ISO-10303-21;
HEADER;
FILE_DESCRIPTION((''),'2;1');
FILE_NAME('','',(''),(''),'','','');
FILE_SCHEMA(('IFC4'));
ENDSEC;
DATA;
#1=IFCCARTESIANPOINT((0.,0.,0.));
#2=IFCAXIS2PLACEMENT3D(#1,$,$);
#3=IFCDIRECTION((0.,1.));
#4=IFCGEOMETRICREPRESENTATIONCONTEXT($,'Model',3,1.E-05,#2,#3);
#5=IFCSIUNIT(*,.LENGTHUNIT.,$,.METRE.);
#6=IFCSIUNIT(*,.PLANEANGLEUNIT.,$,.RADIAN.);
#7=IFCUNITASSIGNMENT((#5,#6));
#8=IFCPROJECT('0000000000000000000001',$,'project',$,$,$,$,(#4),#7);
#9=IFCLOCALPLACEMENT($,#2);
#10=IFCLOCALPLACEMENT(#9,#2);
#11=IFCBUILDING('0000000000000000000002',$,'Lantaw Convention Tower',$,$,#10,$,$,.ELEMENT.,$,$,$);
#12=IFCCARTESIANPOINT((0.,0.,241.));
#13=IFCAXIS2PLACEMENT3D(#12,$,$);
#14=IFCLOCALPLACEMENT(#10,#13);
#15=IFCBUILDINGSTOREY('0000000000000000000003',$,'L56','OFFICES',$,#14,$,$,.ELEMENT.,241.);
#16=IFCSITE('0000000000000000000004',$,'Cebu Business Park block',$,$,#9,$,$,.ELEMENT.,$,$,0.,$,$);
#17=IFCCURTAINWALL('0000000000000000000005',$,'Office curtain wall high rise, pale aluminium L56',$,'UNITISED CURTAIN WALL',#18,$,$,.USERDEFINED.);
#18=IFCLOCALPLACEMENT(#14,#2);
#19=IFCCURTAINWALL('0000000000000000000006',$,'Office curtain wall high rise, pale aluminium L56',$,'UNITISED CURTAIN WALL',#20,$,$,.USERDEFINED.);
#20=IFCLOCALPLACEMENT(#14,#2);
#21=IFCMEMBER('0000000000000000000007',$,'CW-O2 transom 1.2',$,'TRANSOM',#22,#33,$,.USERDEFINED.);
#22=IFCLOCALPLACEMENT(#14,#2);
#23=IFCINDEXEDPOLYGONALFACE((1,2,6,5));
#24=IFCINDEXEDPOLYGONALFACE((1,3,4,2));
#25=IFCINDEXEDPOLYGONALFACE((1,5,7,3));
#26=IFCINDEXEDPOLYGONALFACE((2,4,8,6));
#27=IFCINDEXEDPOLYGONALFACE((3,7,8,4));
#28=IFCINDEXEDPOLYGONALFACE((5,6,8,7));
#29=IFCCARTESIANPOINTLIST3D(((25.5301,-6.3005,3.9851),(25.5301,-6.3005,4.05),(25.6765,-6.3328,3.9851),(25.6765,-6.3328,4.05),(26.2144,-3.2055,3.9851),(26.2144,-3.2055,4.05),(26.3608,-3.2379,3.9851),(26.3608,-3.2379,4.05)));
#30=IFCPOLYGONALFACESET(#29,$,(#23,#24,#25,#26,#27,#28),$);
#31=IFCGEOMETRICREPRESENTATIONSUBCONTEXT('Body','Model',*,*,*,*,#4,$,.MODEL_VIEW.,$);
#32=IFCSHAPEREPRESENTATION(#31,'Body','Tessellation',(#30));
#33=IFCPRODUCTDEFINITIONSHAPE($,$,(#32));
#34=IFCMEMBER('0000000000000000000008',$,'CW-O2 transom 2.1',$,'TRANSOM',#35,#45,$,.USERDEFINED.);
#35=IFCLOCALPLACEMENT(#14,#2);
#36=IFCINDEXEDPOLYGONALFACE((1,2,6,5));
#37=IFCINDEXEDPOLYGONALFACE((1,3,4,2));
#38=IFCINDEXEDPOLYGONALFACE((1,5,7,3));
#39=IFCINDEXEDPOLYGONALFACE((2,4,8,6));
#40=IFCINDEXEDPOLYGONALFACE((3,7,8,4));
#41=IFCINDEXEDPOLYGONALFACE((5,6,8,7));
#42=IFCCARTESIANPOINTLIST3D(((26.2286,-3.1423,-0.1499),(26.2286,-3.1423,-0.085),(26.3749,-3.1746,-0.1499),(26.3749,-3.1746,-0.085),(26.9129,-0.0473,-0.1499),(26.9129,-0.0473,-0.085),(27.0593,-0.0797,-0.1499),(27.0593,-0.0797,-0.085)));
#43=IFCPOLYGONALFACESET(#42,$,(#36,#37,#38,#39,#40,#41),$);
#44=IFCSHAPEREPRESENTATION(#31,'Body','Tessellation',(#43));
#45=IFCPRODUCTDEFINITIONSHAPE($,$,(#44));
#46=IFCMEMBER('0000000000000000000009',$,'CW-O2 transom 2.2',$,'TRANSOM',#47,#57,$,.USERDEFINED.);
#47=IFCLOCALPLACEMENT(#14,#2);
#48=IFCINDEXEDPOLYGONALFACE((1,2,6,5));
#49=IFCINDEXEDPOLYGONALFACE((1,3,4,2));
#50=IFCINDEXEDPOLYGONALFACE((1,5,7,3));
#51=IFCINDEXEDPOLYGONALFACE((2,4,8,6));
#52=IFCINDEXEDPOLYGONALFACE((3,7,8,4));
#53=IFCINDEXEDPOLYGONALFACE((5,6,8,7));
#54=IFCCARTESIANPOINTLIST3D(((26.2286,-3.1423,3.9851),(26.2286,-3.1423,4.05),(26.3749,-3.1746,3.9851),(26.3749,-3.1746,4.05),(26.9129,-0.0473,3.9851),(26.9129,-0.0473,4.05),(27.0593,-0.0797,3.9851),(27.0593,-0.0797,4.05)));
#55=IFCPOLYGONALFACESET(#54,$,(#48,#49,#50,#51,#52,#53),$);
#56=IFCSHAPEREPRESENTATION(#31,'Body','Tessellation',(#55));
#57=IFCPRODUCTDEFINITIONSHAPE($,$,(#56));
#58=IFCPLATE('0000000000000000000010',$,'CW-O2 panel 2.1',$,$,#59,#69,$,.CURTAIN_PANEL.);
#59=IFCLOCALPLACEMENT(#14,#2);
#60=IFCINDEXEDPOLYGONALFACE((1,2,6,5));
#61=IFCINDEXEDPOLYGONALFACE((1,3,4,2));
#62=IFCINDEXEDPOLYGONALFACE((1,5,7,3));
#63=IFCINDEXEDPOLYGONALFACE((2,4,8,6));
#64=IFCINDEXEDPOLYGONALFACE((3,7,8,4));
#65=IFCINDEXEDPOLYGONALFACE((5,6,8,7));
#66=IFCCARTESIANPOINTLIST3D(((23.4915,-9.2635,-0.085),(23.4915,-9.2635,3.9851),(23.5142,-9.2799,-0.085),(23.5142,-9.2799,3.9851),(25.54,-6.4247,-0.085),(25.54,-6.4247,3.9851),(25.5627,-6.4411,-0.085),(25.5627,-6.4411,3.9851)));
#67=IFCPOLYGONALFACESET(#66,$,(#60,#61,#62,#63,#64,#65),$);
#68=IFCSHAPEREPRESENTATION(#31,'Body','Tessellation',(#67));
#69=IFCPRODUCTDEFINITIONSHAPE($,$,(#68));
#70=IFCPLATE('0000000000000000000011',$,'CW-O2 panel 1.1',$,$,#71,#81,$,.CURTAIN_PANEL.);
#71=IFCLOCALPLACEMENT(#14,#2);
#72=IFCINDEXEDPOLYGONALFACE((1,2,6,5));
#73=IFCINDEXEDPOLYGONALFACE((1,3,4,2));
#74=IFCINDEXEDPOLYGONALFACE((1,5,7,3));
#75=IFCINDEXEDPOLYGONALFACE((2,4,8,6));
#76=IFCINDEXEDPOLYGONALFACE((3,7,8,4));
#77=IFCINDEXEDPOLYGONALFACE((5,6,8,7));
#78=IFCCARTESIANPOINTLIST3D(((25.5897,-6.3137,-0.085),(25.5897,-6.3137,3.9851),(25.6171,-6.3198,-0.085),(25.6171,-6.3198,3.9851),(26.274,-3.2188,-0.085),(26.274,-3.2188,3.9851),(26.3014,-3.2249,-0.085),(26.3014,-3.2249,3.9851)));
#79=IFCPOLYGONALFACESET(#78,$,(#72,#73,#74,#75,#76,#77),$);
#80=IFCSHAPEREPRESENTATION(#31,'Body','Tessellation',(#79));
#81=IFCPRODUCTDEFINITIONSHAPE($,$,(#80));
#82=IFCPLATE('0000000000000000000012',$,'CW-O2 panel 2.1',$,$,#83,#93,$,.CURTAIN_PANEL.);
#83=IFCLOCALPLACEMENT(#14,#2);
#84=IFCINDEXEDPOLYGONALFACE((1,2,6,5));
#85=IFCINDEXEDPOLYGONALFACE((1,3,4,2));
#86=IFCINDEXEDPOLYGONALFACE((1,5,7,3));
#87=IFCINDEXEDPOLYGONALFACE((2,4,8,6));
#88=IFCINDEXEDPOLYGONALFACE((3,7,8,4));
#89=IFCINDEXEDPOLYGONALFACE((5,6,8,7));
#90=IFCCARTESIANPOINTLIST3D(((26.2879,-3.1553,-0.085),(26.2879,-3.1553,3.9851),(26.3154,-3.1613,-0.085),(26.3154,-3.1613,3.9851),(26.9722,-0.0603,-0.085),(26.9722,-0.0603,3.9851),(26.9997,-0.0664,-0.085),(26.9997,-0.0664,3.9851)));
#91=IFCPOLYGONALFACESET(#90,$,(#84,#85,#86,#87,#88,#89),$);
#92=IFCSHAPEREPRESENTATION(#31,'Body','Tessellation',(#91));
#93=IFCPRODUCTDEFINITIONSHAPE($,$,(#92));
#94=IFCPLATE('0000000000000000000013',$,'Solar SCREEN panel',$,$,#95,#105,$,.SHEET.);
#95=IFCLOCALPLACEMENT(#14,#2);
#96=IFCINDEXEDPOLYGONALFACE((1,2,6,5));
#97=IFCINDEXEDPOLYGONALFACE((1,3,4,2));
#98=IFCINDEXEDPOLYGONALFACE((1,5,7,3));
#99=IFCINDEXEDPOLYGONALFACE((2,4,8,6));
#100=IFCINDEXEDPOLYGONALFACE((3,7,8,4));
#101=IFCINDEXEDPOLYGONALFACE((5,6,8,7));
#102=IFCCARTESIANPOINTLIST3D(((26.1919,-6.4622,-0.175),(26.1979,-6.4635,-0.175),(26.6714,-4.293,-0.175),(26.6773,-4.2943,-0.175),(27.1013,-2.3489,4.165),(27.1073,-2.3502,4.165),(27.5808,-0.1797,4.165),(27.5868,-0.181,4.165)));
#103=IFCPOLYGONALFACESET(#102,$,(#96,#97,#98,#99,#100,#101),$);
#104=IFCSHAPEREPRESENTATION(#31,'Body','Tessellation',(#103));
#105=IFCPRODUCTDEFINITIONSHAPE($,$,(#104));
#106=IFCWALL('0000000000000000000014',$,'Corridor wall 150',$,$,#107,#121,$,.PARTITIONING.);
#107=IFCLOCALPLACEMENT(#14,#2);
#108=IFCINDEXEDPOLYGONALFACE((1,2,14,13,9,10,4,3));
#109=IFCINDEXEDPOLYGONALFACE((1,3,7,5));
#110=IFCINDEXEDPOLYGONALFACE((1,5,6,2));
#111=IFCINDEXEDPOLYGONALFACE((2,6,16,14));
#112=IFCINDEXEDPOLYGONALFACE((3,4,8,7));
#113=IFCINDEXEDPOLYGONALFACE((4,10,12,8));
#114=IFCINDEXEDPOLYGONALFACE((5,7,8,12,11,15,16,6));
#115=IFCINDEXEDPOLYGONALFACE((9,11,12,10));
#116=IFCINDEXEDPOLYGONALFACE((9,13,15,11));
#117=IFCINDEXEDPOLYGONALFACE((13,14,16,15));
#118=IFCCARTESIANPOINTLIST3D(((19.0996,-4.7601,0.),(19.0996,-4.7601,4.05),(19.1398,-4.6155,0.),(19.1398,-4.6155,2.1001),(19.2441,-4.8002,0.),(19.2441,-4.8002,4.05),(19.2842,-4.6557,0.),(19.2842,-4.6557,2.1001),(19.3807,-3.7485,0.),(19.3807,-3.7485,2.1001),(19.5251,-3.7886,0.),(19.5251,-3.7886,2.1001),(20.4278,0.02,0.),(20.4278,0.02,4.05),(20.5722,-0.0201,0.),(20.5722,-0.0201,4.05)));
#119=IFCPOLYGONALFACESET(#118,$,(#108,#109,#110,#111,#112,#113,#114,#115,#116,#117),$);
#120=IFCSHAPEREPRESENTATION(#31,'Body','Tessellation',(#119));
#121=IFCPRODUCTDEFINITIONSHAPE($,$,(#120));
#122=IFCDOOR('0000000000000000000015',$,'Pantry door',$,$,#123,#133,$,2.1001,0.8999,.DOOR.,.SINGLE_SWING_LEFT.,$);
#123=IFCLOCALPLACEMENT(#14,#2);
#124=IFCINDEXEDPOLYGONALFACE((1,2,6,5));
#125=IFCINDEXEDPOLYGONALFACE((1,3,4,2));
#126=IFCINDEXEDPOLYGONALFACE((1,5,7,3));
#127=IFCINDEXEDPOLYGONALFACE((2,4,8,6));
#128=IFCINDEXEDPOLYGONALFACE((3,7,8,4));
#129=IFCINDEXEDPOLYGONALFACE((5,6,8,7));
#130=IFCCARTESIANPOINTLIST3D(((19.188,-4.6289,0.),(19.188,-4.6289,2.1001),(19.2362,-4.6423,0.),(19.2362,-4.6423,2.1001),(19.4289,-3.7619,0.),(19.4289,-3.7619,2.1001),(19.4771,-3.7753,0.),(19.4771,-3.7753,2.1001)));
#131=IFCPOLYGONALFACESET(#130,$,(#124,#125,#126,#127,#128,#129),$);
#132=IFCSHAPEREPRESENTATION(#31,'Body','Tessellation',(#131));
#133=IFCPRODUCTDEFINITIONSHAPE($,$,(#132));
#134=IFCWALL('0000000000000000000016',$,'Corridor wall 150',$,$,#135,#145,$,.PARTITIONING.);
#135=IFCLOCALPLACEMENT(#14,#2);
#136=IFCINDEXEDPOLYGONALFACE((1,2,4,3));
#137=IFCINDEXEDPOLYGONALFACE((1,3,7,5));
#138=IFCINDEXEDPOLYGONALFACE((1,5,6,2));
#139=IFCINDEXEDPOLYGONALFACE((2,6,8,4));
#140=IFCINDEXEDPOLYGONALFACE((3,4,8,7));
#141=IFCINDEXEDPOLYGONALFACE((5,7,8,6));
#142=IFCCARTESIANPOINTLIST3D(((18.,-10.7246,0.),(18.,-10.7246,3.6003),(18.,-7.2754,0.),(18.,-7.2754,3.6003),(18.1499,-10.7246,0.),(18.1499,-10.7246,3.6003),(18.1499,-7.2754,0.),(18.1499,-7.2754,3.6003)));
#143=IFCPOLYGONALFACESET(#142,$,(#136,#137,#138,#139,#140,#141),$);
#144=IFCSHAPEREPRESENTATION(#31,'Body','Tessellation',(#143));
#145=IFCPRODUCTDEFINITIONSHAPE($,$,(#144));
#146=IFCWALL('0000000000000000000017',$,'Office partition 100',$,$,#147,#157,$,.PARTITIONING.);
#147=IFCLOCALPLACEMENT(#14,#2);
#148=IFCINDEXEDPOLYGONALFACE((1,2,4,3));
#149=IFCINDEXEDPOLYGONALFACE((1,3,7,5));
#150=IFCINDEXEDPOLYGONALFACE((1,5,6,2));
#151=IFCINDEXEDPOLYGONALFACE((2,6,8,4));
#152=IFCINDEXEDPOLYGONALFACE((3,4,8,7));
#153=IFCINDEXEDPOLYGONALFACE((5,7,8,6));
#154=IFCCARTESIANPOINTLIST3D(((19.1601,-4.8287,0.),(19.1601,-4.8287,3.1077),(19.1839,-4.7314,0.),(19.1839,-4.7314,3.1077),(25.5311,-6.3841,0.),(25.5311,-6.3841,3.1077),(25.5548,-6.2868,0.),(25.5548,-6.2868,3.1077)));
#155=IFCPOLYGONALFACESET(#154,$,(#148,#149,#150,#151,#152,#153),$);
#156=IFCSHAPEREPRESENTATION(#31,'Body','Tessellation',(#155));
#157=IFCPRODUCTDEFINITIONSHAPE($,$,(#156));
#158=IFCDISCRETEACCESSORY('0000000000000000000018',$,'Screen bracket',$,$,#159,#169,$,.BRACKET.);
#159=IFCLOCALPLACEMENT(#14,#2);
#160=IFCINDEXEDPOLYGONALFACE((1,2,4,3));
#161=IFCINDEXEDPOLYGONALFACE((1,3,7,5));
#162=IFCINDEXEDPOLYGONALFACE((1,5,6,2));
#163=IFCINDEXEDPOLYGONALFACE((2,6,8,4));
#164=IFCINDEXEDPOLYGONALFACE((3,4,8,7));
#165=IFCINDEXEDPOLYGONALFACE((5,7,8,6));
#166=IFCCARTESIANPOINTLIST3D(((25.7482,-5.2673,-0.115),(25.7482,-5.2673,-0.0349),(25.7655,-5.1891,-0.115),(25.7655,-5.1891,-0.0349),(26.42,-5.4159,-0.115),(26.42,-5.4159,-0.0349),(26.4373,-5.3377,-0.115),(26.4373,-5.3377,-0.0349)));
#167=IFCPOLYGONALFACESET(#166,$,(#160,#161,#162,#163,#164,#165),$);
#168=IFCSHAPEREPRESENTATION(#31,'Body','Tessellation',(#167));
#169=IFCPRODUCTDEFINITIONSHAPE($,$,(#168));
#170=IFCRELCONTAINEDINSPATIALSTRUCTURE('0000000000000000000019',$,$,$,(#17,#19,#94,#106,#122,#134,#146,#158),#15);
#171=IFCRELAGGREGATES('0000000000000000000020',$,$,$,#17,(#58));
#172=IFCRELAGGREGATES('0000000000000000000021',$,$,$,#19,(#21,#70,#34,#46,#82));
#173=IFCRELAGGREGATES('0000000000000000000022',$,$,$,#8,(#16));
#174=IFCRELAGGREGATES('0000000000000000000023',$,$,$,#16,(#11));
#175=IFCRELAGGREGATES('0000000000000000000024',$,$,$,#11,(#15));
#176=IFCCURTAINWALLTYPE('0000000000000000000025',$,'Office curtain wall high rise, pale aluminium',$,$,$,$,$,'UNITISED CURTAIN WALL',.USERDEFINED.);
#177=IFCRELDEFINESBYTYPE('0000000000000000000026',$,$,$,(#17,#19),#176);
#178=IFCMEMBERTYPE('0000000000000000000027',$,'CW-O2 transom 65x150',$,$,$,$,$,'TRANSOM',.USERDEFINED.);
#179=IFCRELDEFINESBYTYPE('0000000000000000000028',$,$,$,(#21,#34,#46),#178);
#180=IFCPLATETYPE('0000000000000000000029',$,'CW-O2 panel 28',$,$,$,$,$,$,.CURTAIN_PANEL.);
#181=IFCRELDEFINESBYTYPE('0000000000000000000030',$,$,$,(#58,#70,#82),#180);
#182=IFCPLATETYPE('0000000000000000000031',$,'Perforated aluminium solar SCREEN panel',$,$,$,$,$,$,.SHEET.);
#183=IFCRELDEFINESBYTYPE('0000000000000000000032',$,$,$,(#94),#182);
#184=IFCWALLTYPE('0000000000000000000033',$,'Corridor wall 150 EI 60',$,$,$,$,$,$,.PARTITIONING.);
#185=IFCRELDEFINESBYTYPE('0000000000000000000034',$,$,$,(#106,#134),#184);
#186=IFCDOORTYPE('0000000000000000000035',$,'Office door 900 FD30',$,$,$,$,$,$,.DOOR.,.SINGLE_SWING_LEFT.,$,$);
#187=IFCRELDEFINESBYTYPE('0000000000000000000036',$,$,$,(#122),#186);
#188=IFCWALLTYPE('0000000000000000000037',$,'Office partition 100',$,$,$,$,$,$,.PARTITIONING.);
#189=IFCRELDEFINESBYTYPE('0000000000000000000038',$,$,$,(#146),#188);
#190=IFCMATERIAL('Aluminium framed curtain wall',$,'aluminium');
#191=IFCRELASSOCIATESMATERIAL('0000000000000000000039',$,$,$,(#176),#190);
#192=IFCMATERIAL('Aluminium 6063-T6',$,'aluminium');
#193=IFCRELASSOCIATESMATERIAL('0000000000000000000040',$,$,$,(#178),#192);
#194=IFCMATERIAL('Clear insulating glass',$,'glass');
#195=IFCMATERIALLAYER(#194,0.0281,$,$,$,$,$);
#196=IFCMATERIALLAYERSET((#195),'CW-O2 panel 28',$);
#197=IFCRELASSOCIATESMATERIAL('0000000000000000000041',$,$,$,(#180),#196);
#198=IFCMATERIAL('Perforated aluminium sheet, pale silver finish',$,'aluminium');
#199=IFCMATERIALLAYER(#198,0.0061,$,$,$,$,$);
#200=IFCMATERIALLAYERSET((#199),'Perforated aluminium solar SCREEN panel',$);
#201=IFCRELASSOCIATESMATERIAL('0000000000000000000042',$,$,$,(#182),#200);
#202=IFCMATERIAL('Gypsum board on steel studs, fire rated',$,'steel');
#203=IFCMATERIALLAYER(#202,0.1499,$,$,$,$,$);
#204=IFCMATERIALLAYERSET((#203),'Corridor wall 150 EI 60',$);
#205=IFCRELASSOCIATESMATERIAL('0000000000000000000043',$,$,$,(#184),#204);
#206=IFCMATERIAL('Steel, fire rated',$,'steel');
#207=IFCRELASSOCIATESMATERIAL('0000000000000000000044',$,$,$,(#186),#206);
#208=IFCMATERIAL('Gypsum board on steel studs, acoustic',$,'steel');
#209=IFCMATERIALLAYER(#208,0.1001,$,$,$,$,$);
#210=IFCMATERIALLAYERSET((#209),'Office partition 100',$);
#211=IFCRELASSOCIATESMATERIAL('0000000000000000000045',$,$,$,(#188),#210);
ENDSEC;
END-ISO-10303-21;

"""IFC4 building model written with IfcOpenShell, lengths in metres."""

from ifc_helpers import new_model, si_unit, direction, frame, frame_2d, origin, origin_2d, place, context, subcontext, project, spatial, polyline, rectangle, outline, extrude, material, layer, layer_set, material_profile, profile_set, type_object, element, fill, aggregate, save


model = new_model("IFC4")

# Units and contexts
model_context = context("Model", 3, precision=1e-05, world=origin(), true_north=direction((0.0, 1.0)))
body_context = subcontext(model_context, "Body", "Model", "MODEL_VIEW")
ifc_project = project(units=[si_unit("LENGTHUNIT", "METRE"), si_unit("PLANEANGLEUNIT", "RADIAN")], contexts=[model_context])

# Site, building, storey
site_placement = place(None, origin())
site = spatial("IfcSite", under=ifc_project, at=site_placement, Name="Cebu Business Park block", CompositionType="ELEMENT", RefElevation=0.0)
building_placement = place(site_placement, origin())
building = spatial("IfcBuilding", under=site, at=building_placement, Name="Lantaw Convention Tower", CompositionType="ELEMENT")
storey_placement = place(building_placement, frame((0.0, 0.0, 241.0)))
storey = spatial("IfcBuildingStorey", under=building, at=storey_placement, Name="L56", Description="OFFICES", CompositionType="ELEMENT", Elevation=241.0)

# Curtain wall
ifc_material_1 = material(Name="Aluminium framed curtain wall", Category="aluminium")
curtain_wall_type = type_object("IfcCurtainWallType", Name="Office curtain wall high rise, pale aluminium", ElementType="UNITISED CURTAIN WALL", PredefinedType="USERDEFINED", material=ifc_material_1)
curtain_wall_1_placement = place(storey_placement, origin())
curtain_wall_1 = element("IfcCurtainWall", 1, at=curtain_wall_1_placement, inside=storey, type_object=curtain_wall_type, Name="Office curtain wall high rise, pale aluminium L56", ObjectType="UNITISED CURTAIN WALL", PredefinedType="USERDEFINED")
ifc_material_2 = material(Name="Aluminium 6063-T6", Category="aluminium")

# Curtain wall, members
curtain_wall_2_placement = place(storey_placement, origin())
curtain_wall_2 = element("IfcCurtainWall", 2, at=curtain_wall_2_placement, inside=storey, type_object=curtain_wall_type, Name="Office curtain wall high rise, pale aluminium L56", ObjectType="UNITISED CURTAIN WALL", PredefinedType="USERDEFINED")
ifc_material_profile_1 = material_profile(ifc_material_2, rectangle(XDim=0.1499, YDim=0.0649, at=origin_2d()), Name="CW-O2 transom 65x150")
ifc_profile_set_1 = profile_set([ifc_material_profile_1], Name="Aluminium 6063-T6")
member_type_1 = type_object("IfcMemberType", Name="CW-O2 transom 65x150", ElementType="TRANSOM", PredefinedType="USERDEFINED", material=ifc_profile_set_1)
member_1_placement = place(storey_placement, frame((25.6033, -6.3167, 4.0176), z_axis=(0.215895, 0.976417, 0.0), x_axis=(-0.976417, 0.215895, 0.0)))
member_1 = element("IfcMember", 3, at=member_1_placement, type_object=member_type_1, Name="CW-O2 transom 1.2", ObjectType="TRANSOM", PredefinedType="USERDEFINED", context=body_context, shape_type="SweptSolid", body=[
    extrude(rectangle(XDim=0.1499, YDim=0.0649, at=origin_2d()), origin(), (0.0, 0.0, 1.0), 3.1697),
])
member_2_placement = place(storey_placement, frame((26.3018, -3.1584, -0.1174), z_axis=(0.215895, 0.976417, 0.0), x_axis=(-0.976417, 0.215895, 0.0)))
member_2 = element("IfcMember", 4, at=member_2_placement, type_object=member_type_1, Name="CW-O2 transom 2.1", ObjectType="TRANSOM", PredefinedType="USERDEFINED", context=body_context, shape_type="SweptSolid", body=[
    extrude(rectangle(XDim=0.1499, YDim=0.0649, at=origin_2d()), origin(), (0.0, 0.0, 1.0), 3.1697),
])
member_3_placement = place(storey_placement, frame((26.3018, -3.1584, 4.0176), z_axis=(0.215895, 0.976417, 0.0), x_axis=(-0.976417, 0.215895, 0.0)))
member_3 = element("IfcMember", 5, at=member_3_placement, type_object=member_type_1, Name="CW-O2 transom 2.2", ObjectType="TRANSOM", PredefinedType="USERDEFINED", context=body_context, shape_type="SweptSolid", body=[
    extrude(rectangle(XDim=0.1499, YDim=0.0649, at=origin_2d()), origin(), (0.0, 0.0, 1.0), 3.1697),
])

# Plates
ifc_material_3 = material(Name="Clear insulating glass", Category="glass")
ifc_layer_1 = layer(ifc_material_3, 0.0281)
ifc_layer_set_1 = layer_set([ifc_layer_1], Name="CW-O2 panel 28")
plate_type_1 = type_object("IfcPlateType", Name="CW-O2 panel 28", PredefinedType="CURTAIN_PANEL", material=ifc_layer_set_1)
plate_1_placement = place(storey_placement, frame((24.5271, -7.8523, -0.085), z_axis=(0.0, 0.0, 1.0), x_axis=(0.585158, 0.81092, 0.0)))
plate_1 = element("IfcPlate", 6, at=plate_1_placement, type_object=plate_type_1, Name="CW-O2 panel 2.1", PredefinedType="CURTAIN_PANEL", context=body_context, shape_type="SweptSolid", body=[
    extrude(rectangle(XDim=3.5007, YDim=0.0281, at=origin_2d()), origin(), (0.0, 0.0, 1.0), 4.0701),
])
aggregate(curtain_wall_1, [plate_1])
plate_2_placement = place(storey_placement, frame((25.9456, -4.7693, -0.085), z_axis=(0.0, 0.0, 1.0), x_axis=(0.215891, 0.976417, 0.0)))
plate_2 = element("IfcPlate", 7, at=plate_2_placement, type_object=plate_type_1, Name="CW-O2 panel 1.1", PredefinedType="CURTAIN_PANEL", context=body_context, shape_type="SweptSolid", body=[
    extrude(rectangle(XDim=3.1697, YDim=0.0281, at=origin_2d()), origin(), (0.0, 0.0, 1.0), 4.0701),
])
plate_3_placement = place(storey_placement, frame((26.6438, -1.6108, -0.085), z_axis=(0.0, 0.0, 1.0), x_axis=(0.215891, 0.976417, 0.0)))
plate_3 = element("IfcPlate", 8, at=plate_3_placement, type_object=plate_type_1, Name="CW-O2 panel 2.1", PredefinedType="CURTAIN_PANEL", context=body_context, shape_type="SweptSolid", body=[
    extrude(rectangle(XDim=3.1697, YDim=0.0281, at=origin_2d()), origin(), (0.0, 0.0, 1.0), 4.0701),
])
aggregate(curtain_wall_2, [member_1, plate_2, member_2, member_3, plate_3])
ifc_material_4 = material(Name="Perforated aluminium sheet, pale silver finish", Category="aluminium")
ifc_layer_2 = layer(ifc_material_4, 0.0061)
ifc_layer_set_2 = layer_set([ifc_layer_2], Name="Perforated aluminium solar SCREEN panel")
plate_type_2 = type_object("IfcPlateType", Name="Perforated aluminium solar SCREEN panel", PredefinedType="SHEET", material=ifc_layer_set_2)
plate_4_placement = place(storey_placement, frame((26.1919, -6.4622, -0.175), z_axis=(-0.97643, 0.215837, 0.000044), x_axis=(0.215837, 0.97643, 0.0)))
element("IfcPlate", 9, at=plate_4_placement, inside=storey, type_object=plate_type_2, Name="Solar SCREEN panel", PredefinedType="SHEET", context=body_context, shape_type="SweptSolid", body=[
    extrude(outline(polyline([(0.0, 0.0), (2.2216, 0.0), (6.4342, -4.3401), (4.2126, -4.3401), (0.0, 0.0)])), origin(), (0.0, 0.0, -1.0), 0.0061),
])

# Wall, opening, door
ifc_material_5 = material(Name="Gypsum board on steel studs, fire rated", Category="steel")
ifc_layer_3 = layer(ifc_material_5, 0.1499)
ifc_layer_set_3 = layer_set([ifc_layer_3], Name="Corridor wall 150 EI 60")
wall_type_1 = type_object("IfcWallType", Name="Corridor wall 150 EI 60", PredefinedType="PARTITIONING", material=ifc_layer_set_3)
wall_1_placement = place(storey_placement, frame((19.1719, -4.78, 0.0), z_axis=(0.0, 0.0, 1.0), x_axis=(0.267707, 0.9635, 0.0)))
wall_1 = element("IfcWall", 10, at=wall_1_placement, inside=storey, type_object=wall_type_1, Name="Corridor wall 150", PredefinedType="PARTITIONING", context=body_context, shape_type="SweptSolid", body=[
    extrude(rectangle(XDim=4.9612, YDim=0.1499, at=frame_2d((2.4805, 0.0))), origin(), (0.0, 0.0, 1.0), 4.05),
])
opening_placement = place(wall_1_placement, frame((0.1499, 0.0, 0.0)))
opening = element("IfcOpeningElement", 11, at=opening_placement, cuts=wall_1, PredefinedType="OPENING", context=body_context, shape_type="SweptSolid", body=[
    extrude(rectangle(XDim=0.8999, YDim=2.1001, at=frame_2d((0.45, 1.05))), frame((0.0, 0.085, 0.0), z_axis=(0.0, -1.0, 0.0), x_axis=(1.0, 0.0, 0.0)), (0.0, 0.0, 1.0), 0.1699),
])
ifc_material_6 = material(Name="Steel, fire rated", Category="steel")
door_type = type_object("IfcDoorType", Name="Office door 900 FD30", OperationType="SINGLE_SWING_LEFT", PredefinedType="DOOR", material=ifc_material_6)
door_placement = place(opening_placement, origin())
door = element("IfcDoor", 12, at=door_placement, inside=storey, type_object=door_type, Name="Pantry door", OperationType="SINGLE_SWING_LEFT", OverallHeight=2.1001, OverallWidth=0.8999, PredefinedType="DOOR", context=body_context, shape_type="SweptSolid", body=[
    extrude(rectangle(XDim=0.8999, YDim=2.1001, at=frame_2d((0.45, 1.05))), frame((0.0, 0.0249, 0.0), z_axis=(0.0, -1.0, 0.0), x_axis=(1.0, 0.0, 0.0)), (0.0, 0.0, 1.0), 0.05),
])
fill(opening, door)

# Walls
wall_2_placement = place(storey_placement, frame((18.075, -7.2754, 0.0), z_axis=(0.0, 0.0, 1.0), x_axis=(0.0, -1.0, 0.0)))
element("IfcWall", 13, at=wall_2_placement, inside=storey, type_object=wall_type_1, Name="Corridor wall 150", PredefinedType="PARTITIONING", context=body_context, shape_type="SweptSolid", body=[
    extrude(rectangle(XDim=3.4492, YDim=0.1499, at=frame_2d((1.7246, 0.0))), origin(), (0.0, 0.0, 1.0), 3.6003),
])
ifc_material_7 = material(Name="Gypsum board on steel studs, acoustic", Category="steel")
ifc_layer_4 = layer(ifc_material_7, 0.1001)
ifc_layer_set_4 = layer_set([ifc_layer_4], Name="Office partition 100")
wall_type_2 = type_object("IfcWallType", Name="Office partition 100", PredefinedType="PARTITIONING", material=ifc_layer_set_4)
wall_3_placement = place(storey_placement, frame((25.543, -6.3354, 0.0), z_axis=(0.0, 0.0, 1.0), x_axis=(-0.971468, 0.237171, 0.0)))
element("IfcWall", 14, at=wall_3_placement, inside=storey, type_object=wall_type_2, Name="Office partition 100", PredefinedType="PARTITIONING", context=body_context, shape_type="SweptSolid", body=[
    extrude(rectangle(XDim=6.5581, YDim=0.1001, at=frame_2d((3.2791, 0.0))), origin(), (0.0, 0.0, 1.0), 3.1077),
])

# Discrete accessory
discrete_accessory_placement = place(storey_placement, frame((26.0928, -5.3025, -0.115), z_axis=(0.0, 0.0, 1.0), x_axis=(0.215891, 0.976417, 0.0)))
element("IfcDiscreteAccessory", 15, at=discrete_accessory_placement, inside=storey, Name="Screen bracket", PredefinedType="BRACKET", context=body_context, shape_type="SweptSolid", body=[
    extrude(rectangle(XDim=0.0801, YDim=0.688, at=origin_2d()), origin(), (0.0, 0.0, 1.0), 0.0801),
])

save(model, "model.ifc")
